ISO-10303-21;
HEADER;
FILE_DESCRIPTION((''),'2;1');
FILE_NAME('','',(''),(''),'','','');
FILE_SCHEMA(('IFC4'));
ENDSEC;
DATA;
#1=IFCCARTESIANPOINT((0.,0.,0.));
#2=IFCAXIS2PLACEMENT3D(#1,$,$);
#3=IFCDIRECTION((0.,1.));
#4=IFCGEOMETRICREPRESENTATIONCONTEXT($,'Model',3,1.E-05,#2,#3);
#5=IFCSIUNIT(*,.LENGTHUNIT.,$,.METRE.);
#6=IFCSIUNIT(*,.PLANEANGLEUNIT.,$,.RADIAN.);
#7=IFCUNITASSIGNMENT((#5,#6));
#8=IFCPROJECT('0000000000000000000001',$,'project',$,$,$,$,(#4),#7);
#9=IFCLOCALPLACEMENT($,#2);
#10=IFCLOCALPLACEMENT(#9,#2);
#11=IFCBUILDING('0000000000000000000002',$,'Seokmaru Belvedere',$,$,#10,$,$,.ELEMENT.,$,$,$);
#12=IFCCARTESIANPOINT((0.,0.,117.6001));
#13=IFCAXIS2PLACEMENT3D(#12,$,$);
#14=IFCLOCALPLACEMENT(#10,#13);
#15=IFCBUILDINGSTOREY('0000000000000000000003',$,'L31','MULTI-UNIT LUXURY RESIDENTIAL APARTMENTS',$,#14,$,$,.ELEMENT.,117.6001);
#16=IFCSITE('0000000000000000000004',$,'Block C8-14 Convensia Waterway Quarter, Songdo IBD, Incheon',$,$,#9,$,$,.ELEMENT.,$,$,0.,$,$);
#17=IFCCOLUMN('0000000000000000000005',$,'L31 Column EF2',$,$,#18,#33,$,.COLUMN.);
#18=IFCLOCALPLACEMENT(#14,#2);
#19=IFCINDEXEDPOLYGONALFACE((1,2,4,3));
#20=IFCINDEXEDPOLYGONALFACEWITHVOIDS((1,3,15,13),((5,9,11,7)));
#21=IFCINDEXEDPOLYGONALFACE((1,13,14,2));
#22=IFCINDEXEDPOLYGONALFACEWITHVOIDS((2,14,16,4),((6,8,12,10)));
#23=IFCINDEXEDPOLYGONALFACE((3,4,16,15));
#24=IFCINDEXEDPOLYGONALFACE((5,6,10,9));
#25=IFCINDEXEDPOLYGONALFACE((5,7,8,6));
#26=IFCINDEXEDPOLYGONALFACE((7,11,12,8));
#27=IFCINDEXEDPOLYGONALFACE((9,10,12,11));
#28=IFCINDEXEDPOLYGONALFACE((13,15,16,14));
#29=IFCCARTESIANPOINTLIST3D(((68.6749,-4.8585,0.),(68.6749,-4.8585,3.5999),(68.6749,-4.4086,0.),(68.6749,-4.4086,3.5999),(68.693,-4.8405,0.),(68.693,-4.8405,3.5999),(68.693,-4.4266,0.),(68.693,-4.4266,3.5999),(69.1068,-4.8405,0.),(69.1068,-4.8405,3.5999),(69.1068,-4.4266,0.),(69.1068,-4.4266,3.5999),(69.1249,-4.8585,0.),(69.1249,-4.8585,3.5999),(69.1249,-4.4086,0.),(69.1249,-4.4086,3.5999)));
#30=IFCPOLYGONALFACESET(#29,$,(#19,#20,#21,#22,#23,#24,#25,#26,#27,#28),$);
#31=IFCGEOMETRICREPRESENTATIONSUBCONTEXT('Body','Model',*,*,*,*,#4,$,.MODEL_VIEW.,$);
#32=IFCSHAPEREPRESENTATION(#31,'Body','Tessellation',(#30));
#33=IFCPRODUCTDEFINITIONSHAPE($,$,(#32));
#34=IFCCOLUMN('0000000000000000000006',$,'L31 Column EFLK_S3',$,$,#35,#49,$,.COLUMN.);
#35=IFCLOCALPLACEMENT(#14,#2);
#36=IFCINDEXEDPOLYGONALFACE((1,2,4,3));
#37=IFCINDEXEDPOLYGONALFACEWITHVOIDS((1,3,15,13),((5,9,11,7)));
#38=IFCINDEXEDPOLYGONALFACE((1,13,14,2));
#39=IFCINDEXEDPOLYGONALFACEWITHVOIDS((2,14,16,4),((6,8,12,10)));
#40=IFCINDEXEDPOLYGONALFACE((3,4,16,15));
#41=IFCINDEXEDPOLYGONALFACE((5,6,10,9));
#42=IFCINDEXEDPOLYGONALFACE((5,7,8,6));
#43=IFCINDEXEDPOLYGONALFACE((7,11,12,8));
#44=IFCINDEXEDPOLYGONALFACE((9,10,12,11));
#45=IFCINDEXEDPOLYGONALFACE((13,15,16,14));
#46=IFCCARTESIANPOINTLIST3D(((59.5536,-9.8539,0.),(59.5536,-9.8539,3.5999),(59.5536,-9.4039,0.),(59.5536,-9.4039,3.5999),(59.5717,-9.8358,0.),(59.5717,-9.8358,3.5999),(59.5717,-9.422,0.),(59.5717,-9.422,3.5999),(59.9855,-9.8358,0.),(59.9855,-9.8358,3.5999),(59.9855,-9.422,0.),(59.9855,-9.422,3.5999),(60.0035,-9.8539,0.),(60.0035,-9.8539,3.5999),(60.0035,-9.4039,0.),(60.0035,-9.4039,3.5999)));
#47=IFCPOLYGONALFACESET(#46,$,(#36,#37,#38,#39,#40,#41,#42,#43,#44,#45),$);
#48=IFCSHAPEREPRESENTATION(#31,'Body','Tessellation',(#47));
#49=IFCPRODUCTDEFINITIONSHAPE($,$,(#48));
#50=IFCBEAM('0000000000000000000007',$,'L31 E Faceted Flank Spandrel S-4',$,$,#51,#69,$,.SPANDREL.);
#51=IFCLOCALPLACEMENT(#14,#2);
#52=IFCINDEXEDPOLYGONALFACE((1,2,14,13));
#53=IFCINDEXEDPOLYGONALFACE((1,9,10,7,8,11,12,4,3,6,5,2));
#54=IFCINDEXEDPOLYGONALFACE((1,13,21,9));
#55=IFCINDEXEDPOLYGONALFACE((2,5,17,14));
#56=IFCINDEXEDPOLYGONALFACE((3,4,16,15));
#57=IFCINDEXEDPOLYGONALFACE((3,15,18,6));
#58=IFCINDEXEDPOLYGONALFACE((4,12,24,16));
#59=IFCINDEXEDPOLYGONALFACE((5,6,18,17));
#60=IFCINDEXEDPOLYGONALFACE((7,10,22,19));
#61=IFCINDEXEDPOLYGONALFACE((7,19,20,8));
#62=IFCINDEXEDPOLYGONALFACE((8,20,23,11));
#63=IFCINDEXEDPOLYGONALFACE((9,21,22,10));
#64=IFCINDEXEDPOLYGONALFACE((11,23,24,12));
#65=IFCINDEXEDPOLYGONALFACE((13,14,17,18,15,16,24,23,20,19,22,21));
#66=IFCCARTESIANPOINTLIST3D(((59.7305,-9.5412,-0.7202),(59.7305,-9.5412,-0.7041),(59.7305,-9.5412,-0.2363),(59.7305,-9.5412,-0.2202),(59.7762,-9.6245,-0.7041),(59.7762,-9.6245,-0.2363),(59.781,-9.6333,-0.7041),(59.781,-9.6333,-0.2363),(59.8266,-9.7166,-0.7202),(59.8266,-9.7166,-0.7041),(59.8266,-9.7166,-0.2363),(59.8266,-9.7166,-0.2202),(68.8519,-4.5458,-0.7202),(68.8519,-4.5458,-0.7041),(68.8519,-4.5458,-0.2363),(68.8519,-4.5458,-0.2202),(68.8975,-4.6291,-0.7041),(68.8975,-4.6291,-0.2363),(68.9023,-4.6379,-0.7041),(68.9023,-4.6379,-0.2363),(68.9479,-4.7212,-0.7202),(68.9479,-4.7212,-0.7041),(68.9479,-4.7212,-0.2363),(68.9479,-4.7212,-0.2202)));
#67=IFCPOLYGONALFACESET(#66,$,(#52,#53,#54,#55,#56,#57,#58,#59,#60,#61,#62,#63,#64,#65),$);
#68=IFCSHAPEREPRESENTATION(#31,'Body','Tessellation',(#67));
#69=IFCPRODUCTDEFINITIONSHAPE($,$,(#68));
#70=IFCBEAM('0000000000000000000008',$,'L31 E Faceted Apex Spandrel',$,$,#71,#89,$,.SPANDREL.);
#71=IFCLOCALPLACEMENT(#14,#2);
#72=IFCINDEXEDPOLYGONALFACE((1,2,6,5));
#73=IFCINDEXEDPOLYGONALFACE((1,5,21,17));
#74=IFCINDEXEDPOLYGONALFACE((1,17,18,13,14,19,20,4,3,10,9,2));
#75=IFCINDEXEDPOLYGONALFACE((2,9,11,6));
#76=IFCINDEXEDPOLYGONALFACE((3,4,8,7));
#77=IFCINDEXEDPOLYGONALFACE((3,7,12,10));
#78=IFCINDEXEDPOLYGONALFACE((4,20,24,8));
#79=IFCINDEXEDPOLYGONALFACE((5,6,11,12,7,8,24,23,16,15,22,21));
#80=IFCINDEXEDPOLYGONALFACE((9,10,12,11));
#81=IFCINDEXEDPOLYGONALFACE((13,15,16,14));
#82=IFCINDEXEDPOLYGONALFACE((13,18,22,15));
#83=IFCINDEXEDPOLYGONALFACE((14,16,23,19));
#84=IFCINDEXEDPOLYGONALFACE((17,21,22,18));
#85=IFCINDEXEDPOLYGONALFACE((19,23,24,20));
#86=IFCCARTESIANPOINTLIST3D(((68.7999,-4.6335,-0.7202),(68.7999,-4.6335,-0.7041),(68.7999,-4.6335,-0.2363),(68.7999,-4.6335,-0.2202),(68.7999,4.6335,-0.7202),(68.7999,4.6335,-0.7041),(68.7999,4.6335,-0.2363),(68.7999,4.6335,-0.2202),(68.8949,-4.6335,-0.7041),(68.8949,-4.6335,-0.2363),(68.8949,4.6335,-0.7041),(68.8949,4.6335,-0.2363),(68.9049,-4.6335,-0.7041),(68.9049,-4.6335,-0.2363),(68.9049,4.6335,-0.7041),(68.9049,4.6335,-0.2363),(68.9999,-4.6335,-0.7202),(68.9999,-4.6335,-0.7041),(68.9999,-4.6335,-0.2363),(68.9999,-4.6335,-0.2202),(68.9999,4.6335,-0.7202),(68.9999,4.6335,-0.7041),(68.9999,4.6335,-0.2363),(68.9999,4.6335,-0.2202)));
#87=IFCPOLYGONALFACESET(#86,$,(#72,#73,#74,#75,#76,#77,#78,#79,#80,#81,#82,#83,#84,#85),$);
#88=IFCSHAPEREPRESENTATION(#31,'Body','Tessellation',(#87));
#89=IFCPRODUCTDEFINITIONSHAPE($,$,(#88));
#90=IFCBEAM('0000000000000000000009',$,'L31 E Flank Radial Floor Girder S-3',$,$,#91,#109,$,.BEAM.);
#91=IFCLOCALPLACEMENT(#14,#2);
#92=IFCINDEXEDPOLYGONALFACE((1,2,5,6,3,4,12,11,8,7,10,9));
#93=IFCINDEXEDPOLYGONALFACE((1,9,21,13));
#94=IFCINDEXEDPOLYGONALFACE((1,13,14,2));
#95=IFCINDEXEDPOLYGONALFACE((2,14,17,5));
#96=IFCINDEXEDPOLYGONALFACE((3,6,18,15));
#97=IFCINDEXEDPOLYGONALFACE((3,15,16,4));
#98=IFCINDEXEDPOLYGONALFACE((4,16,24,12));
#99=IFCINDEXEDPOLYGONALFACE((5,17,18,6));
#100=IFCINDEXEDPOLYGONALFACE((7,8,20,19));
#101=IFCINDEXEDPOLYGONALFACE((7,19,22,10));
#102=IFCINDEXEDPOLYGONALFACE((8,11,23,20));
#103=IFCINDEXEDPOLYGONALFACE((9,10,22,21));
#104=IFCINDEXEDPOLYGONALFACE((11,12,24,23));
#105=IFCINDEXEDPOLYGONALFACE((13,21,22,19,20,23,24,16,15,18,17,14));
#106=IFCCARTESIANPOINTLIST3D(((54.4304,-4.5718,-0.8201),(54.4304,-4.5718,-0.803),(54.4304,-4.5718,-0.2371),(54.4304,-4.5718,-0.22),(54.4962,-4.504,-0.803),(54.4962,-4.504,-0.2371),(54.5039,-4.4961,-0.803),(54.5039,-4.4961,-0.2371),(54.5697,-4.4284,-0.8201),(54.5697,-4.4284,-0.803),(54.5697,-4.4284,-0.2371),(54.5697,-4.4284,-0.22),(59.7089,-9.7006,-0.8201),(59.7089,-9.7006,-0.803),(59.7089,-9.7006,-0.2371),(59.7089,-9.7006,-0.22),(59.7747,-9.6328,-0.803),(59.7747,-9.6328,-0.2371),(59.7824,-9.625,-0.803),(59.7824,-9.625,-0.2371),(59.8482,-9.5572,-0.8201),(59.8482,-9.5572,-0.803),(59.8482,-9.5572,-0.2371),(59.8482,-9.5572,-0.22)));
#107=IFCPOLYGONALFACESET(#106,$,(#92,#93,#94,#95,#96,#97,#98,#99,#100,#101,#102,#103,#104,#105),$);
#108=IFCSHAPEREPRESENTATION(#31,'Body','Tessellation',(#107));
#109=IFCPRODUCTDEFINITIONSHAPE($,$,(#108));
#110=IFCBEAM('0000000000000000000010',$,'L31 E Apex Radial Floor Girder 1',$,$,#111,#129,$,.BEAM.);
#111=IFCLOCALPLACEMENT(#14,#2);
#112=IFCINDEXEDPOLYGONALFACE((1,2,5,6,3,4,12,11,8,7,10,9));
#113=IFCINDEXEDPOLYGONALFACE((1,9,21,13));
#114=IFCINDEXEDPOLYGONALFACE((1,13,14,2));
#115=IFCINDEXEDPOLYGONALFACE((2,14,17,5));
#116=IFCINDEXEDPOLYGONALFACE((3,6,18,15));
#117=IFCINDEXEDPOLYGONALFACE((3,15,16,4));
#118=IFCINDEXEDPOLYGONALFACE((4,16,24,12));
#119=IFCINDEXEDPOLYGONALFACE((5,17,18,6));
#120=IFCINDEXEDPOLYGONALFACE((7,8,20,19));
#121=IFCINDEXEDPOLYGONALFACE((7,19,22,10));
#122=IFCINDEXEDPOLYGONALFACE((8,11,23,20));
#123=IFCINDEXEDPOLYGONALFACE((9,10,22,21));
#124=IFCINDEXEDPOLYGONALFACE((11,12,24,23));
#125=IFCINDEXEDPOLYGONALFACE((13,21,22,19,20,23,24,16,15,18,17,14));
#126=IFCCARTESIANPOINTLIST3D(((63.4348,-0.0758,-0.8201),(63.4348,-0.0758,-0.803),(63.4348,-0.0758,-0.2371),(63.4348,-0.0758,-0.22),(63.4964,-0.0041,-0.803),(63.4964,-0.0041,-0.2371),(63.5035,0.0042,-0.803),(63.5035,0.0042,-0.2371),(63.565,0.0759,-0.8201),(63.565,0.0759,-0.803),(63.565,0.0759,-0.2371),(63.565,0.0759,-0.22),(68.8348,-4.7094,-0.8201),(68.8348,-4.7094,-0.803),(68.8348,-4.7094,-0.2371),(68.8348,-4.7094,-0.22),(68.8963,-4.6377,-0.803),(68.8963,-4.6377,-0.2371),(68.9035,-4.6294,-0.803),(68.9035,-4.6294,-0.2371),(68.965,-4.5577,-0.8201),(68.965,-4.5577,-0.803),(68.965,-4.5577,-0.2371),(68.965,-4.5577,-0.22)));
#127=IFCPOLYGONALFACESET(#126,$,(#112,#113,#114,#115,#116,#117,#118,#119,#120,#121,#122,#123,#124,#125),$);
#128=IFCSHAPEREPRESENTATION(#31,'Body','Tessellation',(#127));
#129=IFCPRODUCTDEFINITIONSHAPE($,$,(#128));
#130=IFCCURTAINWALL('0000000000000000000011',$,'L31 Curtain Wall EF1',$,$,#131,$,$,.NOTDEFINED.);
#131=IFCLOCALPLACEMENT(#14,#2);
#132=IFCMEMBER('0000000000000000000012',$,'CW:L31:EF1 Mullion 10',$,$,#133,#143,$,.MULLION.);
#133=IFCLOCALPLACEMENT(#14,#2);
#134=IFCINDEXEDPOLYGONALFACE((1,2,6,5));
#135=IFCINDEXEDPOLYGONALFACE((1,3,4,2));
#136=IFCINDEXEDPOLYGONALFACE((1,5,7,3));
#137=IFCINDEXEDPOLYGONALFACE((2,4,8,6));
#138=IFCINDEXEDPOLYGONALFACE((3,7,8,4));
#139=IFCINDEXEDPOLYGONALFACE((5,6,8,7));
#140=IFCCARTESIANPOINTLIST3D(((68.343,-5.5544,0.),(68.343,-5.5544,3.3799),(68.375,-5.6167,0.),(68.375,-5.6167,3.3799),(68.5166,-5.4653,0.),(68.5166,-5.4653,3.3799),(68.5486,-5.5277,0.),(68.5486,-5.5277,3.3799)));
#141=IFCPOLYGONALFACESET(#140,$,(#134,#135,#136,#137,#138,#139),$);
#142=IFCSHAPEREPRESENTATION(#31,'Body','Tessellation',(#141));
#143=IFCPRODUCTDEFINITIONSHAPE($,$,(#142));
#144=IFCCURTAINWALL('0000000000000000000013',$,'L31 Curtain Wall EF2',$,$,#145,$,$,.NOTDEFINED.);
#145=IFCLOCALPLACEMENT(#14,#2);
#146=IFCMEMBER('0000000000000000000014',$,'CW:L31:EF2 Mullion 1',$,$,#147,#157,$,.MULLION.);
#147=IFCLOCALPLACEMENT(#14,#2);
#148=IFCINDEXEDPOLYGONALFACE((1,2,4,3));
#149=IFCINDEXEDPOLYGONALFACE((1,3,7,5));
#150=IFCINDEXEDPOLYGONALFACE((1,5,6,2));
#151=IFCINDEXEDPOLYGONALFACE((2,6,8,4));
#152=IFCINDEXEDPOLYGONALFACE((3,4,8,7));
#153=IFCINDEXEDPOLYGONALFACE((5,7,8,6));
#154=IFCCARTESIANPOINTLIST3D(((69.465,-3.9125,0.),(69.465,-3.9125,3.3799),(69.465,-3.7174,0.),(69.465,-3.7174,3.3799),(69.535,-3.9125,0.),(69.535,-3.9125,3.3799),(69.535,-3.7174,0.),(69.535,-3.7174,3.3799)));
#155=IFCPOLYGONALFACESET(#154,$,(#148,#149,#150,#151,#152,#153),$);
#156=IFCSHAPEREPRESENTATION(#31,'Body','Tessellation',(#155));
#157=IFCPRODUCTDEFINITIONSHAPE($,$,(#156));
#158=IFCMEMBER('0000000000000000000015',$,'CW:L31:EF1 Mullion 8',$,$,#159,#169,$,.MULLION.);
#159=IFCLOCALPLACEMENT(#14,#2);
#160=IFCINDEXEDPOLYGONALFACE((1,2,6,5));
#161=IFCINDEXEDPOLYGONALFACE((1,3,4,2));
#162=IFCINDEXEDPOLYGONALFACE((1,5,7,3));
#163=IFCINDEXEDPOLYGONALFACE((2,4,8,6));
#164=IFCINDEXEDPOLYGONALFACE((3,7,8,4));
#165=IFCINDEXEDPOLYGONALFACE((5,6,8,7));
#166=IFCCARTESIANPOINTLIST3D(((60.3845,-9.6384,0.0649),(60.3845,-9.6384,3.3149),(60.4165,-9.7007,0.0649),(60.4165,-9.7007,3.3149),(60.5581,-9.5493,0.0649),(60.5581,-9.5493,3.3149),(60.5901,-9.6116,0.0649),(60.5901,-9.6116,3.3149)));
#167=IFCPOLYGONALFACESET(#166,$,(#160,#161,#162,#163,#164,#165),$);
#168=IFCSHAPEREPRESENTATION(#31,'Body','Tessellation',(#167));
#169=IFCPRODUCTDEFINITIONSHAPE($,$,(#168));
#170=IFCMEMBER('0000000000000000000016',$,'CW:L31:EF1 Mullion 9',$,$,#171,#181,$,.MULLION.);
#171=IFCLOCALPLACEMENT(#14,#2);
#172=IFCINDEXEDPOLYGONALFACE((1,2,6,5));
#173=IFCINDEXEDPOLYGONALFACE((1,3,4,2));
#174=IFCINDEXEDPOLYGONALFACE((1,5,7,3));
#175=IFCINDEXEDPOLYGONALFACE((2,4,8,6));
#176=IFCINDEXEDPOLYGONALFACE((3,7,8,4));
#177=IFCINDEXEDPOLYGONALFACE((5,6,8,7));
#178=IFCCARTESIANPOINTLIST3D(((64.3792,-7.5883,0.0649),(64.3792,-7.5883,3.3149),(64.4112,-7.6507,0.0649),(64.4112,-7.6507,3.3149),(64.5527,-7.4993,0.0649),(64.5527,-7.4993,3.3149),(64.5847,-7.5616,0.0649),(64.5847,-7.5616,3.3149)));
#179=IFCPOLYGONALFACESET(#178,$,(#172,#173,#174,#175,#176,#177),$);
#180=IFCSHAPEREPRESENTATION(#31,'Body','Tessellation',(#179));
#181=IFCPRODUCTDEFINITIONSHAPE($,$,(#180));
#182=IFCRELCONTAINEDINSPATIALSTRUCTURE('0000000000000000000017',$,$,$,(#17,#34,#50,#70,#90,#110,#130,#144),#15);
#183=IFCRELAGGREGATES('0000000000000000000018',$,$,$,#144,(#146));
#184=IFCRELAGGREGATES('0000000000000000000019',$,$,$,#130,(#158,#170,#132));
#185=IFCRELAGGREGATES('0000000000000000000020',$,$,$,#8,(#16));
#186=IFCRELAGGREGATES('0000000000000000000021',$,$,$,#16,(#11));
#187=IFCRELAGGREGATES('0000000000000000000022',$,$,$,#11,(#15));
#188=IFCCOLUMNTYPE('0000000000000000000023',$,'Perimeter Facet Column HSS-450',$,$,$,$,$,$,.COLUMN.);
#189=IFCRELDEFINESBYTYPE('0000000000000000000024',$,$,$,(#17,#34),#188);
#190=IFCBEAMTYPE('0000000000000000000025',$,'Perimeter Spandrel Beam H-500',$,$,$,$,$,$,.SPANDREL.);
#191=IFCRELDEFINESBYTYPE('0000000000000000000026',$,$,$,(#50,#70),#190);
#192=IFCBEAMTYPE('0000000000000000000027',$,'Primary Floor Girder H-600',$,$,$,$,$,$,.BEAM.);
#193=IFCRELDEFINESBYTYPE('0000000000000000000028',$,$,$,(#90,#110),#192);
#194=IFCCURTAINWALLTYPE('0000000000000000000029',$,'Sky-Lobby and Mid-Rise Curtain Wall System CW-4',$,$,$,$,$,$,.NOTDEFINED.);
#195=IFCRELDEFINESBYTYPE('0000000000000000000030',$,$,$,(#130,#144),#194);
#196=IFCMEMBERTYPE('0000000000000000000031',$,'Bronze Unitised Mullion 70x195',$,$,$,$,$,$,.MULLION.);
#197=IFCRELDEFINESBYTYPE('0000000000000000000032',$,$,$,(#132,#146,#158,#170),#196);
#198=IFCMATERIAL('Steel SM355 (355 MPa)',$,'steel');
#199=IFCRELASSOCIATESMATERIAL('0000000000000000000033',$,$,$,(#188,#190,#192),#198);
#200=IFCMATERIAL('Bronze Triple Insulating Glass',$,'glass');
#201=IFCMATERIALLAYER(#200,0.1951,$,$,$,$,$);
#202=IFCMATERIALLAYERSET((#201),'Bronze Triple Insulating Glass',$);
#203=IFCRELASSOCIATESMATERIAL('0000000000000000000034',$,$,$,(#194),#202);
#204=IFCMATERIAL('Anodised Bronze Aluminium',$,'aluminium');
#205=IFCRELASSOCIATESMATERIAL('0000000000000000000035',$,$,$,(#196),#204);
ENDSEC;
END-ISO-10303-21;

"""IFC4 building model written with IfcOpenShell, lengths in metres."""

from ifc_helpers import new_model, si_unit, direction, frame, origin, origin_2d, place, context, subcontext, project, spatial, rectangle, hollow_rectangle, i_section, extrude, source, transform, mapped, material, layer, layer_set, material_profile, profile_set, type_object, type_shapes, element, aggregate, save


model = new_model("IFC4")

# Units and contexts
model_context = context("Model", 3, precision=1e-05, world=origin(), true_north=direction((0.0, 1.0)))
body_context = subcontext(model_context, "Body", "Model", "MODEL_VIEW")
ifc_project = project(units=[si_unit("LENGTHUNIT", "METRE"), si_unit("PLANEANGLEUNIT", "RADIAN")], contexts=[model_context])

# Site, building, storey
site_placement = place(None, origin())
site = spatial("IfcSite", under=ifc_project, at=site_placement, Name="Block C8-14 Convensia Waterway Quarter, Songdo IBD, Incheon", CompositionType="ELEMENT", RefElevation=0.0)
building_placement = place(site_placement, origin())
building = spatial("IfcBuilding", under=site, at=building_placement, Name="Seokmaru Belvedere", CompositionType="ELEMENT")
storey_placement = place(building_placement, frame((0.0, 0.0, 117.6001)))
storey = spatial("IfcBuildingStorey", under=building, at=storey_placement, Name="L31", Description="MULTI-UNIT LUXURY RESIDENTIAL APARTMENTS", CompositionType="ELEMENT", Elevation=117.6001)

# Columns
ifc_material_1 = material(Name="Steel SM355 (355 MPa)", Category="steel")
ifc_material_profile_1 = material_profile(ifc_material_1, hollow_rectangle(XDim=0.45, YDim=0.45, WallThickness=0.0181, at=origin_2d()), Name="HSS-450x450x18")
ifc_profile_set_1 = profile_set([ifc_material_profile_1], Name="Steel SM355 (355 MPa)")
column_type = type_object("IfcColumnType", Name="Perimeter Facet Column HSS-450", PredefinedType="COLUMN", material=ifc_profile_set_1)
shared_shape_1 = source(origin(), body_context, "Body", "SweptSolid", [
    extrude(hollow_rectangle(XDim=0.45, YDim=0.45, WallThickness=0.0181, at=origin_2d()), origin(), (0.0, 0.0, 1.0), 3.5999),
])
type_shapes(column_type, [shared_shape_1])
for number, where, z_axis, x_axis, name in (
    (1, (68.8999, -4.6335, 0.0), (0.0, 0.0, 1.0), (1.0, 0.0, 0.0), "L31 Column EF2"),
    (2, (59.7786, -9.6289, 0.0), (0.0, 0.0, 1.0), (1.0, 0.0, 0.0), "L31 Column EFLK_S3"),
):
    element("IfcColumn", number, at=place(storey_placement, frame(where, z_axis=z_axis, x_axis=x_axis)), inside=storey, type_object=column_type, Name=name, PredefinedType="COLUMN", context=body_context, shape_type="MappedRepresentation", body=[
        mapped(shared_shape_1, transform((0.0, 0.0, 0.0), scale=1.0)),
    ])

# Beams
ifc_material_profile_2 = material_profile(ifc_material_1, i_section(OverallWidth=0.2, OverallDepth=0.5, WebThickness=0.01, FlangeThickness=0.0161, at=origin_2d()), Name="H-500x200x10x16")
ifc_profile_set_2 = profile_set([ifc_material_profile_2], Name="Steel SM355 (355 MPa)")
beam_type_1 = type_object("IfcBeamType", Name="Perimeter Spandrel Beam H-500", PredefinedType="SPANDREL", material=ifc_profile_set_2)
shared_shape_2 = source(origin(), body_context, "Body", "SweptSolid", [
    extrude(i_section(OverallWidth=0.2, OverallDepth=0.5, WebThickness=0.01, FlangeThickness=0.0161, at=origin_2d()), origin(), (0.0, 0.0, 1.0), 10.3997),
])
beam_1_placement = place(storey_placement, frame((59.7786, -9.6289, -0.4702), z_axis=(0.877082, 0.48034, 0.0), x_axis=(-0.48034, 0.877082, 0.0)))
element("IfcBeam", 3, at=beam_1_placement, inside=storey, type_object=beam_type_1, Name="L31 E Faceted Flank Spandrel S-4", PredefinedType="SPANDREL", context=body_context, shape_type="MappedRepresentation", body=[
    mapped(shared_shape_2, transform((0.0, 0.0, 0.0), scale=1.0)),
])
shared_shape_3 = source(origin(), body_context, "Body", "SweptSolid", [
    extrude(i_section(OverallWidth=0.2, OverallDepth=0.5, WebThickness=0.01, FlangeThickness=0.0161, at=origin_2d()), origin(), (0.0, 0.0, 1.0), 9.2671),
])
type_shapes(beam_type_1, [shared_shape_2, shared_shape_3])
beam_2_placement = place(storey_placement, frame((68.8999, -4.6335, -0.4702), z_axis=(0.0, 1.0, 0.0), x_axis=(-1.0, 0.0, 0.0)))
element("IfcBeam", 4, at=beam_2_placement, inside=storey, type_object=beam_type_1, Name="L31 E Faceted Apex Spandrel", PredefinedType="SPANDREL", context=body_context, shape_type="MappedRepresentation", body=[
    mapped(shared_shape_3, transform((0.0, 0.0, 0.0), scale=1.0)),
])
ifc_material_profile_3 = material_profile(ifc_material_1, i_section(OverallWidth=0.2, OverallDepth=0.6001, WebThickness=0.011, FlangeThickness=0.0171, at=origin_2d()), Name="H-600x200x11x17")
ifc_profile_set_3 = profile_set([ifc_material_profile_3], Name="Steel SM355 (355 MPa)")
beam_type_2 = type_object("IfcBeamType", Name="Primary Floor Girder H-600", PredefinedType="BEAM", material=ifc_profile_set_3)
shared_shape_4 = source(origin(), body_context, "Body", "SweptSolid", [
    extrude(i_section(OverallWidth=0.2, OverallDepth=0.6001, WebThickness=0.011, FlangeThickness=0.0171, at=origin_2d()), origin(), (0.0, 0.0, 1.0), 7.3599),
])
beam_3_placement = place(storey_placement, frame((59.7786, -9.6289, -0.52), z_axis=(-0.717201, 0.696867, 0.0), x_axis=(-0.696867, -0.717201, 0.0)))
element("IfcBeam", 5, at=beam_3_placement, inside=storey, type_object=beam_type_2, Name="L31 E Flank Radial Floor Girder S-3", PredefinedType="BEAM", context=body_context, shape_type="MappedRepresentation", body=[
    mapped(shared_shape_4, transform((0.0, 0.0, 0.0), scale=1.0)),
])
shared_shape_5 = source(origin(), body_context, "Body", "SweptSolid", [
    extrude(i_section(OverallWidth=0.2, OverallDepth=0.6001, WebThickness=0.011, FlangeThickness=0.0171, at=origin_2d()), origin(), (0.0, 0.0, 1.0), 7.1155),
])
type_shapes(beam_type_2, [shared_shape_4, shared_shape_5])
beam_4_placement = place(storey_placement, frame((68.8999, -4.6335, -0.52), z_axis=(-0.758905, 0.651201, 0.0), x_axis=(-0.651201, -0.758905, 0.0)))
element("IfcBeam", 6, at=beam_4_placement, inside=storey, type_object=beam_type_2, Name="L31 E Apex Radial Floor Girder 1", PredefinedType="BEAM", context=body_context, shape_type="MappedRepresentation", body=[
    mapped(shared_shape_5, transform((0.0, 0.0, 0.0), scale=1.0)),
])

# Curtain walls, members
ifc_material_2 = material(Name="Bronze Triple Insulating Glass", Category="glass")
ifc_layer_1 = layer(ifc_material_2, 0.1951)
ifc_layer_set_1 = layer_set([ifc_layer_1], Name="Bronze Triple Insulating Glass")
curtain_wall_type = type_object("IfcCurtainWallType", Name="Sky-Lobby and Mid-Rise Curtain Wall System CW-4", PredefinedType="NOTDEFINED", material=ifc_layer_set_1)
curtain_wall_1_placement = place(storey_placement, origin())
curtain_wall_1 = element("IfcCurtainWall", 7, at=curtain_wall_1_placement, inside=storey, type_object=curtain_wall_type, Name="L31 Curtain Wall EF1", PredefinedType="NOTDEFINED")
ifc_material_3 = material(Name="Anodised Bronze Aluminium", Category="aluminium")
ifc_material_profile_4 = material_profile(ifc_material_3, rectangle(XDim=0.0701, YDim=0.1951, at=origin_2d()), Name="CW-M-70x195")
ifc_profile_set_4 = profile_set([ifc_material_profile_4], Name="Anodised Bronze Aluminium")
member_type = type_object("IfcMemberType", Name="Bronze Unitised Mullion 70x195", PredefinedType="MULLION", material=ifc_profile_set_4)
shared_shape_6 = source(origin(), body_context, "Body", "SweptSolid", [
    extrude(rectangle(XDim=0.0701, YDim=0.1951, at=origin_2d()), origin(), (0.0, 0.0, 1.0), 3.3799),
])
member_1_placement = place(storey_placement, frame((68.4458, -5.541, 0.0), z_axis=(0.0, 0.0, 1.0), x_axis=(-0.456555, 0.889695, 0.0)))
member_1 = element("IfcMember", 8, at=member_1_placement, type_object=member_type, Name="CW:L31:EF1 Mullion 10", PredefinedType="MULLION", context=body_context, shape_type="MappedRepresentation", body=[
    mapped(shared_shape_6, transform((0.0, 0.0, 0.0), scale=1.0)),
])
curtain_wall_2_placement = place(storey_placement, origin())
curtain_wall_2 = element("IfcCurtainWall", 9, at=curtain_wall_2_placement, inside=storey, type_object=curtain_wall_type, Name="L31 Curtain Wall EF2", PredefinedType="NOTDEFINED")
member_2_placement = place(storey_placement, frame((69.5, -3.8149, 0.0), z_axis=(0.0, 0.0, 1.0), x_axis=(-1.0, 0.0, 0.0)))
member_2 = element("IfcMember", 10, at=member_2_placement, type_object=member_type, Name="CW:L31:EF2 Mullion 1", PredefinedType="MULLION", context=body_context, shape_type="MappedRepresentation", body=[
    mapped(shared_shape_6, transform((0.0, 0.0, 0.0), scale=1.0)),
])
aggregate(curtain_wall_2, [member_2])

# Members
shared_shape_7 = source(origin(), body_context, "Body", "SweptSolid", [
    extrude(rectangle(XDim=0.0701, YDim=0.1951, at=origin_2d()), origin(), (0.0, 0.0, 1.0), 3.25),
])
type_shapes(member_type, [shared_shape_6, shared_shape_7])
member_3_placement = place(storey_placement, frame((60.4873, -9.625, 0.0649), z_axis=(0.0, 0.0, 1.0), x_axis=(-0.456555, 0.889695, 0.0)))
member_3 = element("IfcMember", 11, at=member_3_placement, type_object=member_type, Name="CW:L31:EF1 Mullion 8", PredefinedType="MULLION", context=body_context, shape_type="MappedRepresentation", body=[
    mapped(shared_shape_7, transform((0.0, 0.0, 0.0), scale=1.0)),
])
member_4_placement = place(storey_placement, frame((64.4819, -7.575, 0.0649), z_axis=(0.0, 0.0, 1.0), x_axis=(-0.456555, 0.889695, 0.0)))
member_4 = element("IfcMember", 12, at=member_4_placement, type_object=member_type, Name="CW:L31:EF1 Mullion 9", PredefinedType="MULLION", context=body_context, shape_type="MappedRepresentation", body=[
    mapped(shared_shape_7, transform((0.0, 0.0, 0.0), scale=1.0)),
])

aggregate(curtain_wall_1, [member_3, member_4, member_1])

save(model, "model.ifc")
